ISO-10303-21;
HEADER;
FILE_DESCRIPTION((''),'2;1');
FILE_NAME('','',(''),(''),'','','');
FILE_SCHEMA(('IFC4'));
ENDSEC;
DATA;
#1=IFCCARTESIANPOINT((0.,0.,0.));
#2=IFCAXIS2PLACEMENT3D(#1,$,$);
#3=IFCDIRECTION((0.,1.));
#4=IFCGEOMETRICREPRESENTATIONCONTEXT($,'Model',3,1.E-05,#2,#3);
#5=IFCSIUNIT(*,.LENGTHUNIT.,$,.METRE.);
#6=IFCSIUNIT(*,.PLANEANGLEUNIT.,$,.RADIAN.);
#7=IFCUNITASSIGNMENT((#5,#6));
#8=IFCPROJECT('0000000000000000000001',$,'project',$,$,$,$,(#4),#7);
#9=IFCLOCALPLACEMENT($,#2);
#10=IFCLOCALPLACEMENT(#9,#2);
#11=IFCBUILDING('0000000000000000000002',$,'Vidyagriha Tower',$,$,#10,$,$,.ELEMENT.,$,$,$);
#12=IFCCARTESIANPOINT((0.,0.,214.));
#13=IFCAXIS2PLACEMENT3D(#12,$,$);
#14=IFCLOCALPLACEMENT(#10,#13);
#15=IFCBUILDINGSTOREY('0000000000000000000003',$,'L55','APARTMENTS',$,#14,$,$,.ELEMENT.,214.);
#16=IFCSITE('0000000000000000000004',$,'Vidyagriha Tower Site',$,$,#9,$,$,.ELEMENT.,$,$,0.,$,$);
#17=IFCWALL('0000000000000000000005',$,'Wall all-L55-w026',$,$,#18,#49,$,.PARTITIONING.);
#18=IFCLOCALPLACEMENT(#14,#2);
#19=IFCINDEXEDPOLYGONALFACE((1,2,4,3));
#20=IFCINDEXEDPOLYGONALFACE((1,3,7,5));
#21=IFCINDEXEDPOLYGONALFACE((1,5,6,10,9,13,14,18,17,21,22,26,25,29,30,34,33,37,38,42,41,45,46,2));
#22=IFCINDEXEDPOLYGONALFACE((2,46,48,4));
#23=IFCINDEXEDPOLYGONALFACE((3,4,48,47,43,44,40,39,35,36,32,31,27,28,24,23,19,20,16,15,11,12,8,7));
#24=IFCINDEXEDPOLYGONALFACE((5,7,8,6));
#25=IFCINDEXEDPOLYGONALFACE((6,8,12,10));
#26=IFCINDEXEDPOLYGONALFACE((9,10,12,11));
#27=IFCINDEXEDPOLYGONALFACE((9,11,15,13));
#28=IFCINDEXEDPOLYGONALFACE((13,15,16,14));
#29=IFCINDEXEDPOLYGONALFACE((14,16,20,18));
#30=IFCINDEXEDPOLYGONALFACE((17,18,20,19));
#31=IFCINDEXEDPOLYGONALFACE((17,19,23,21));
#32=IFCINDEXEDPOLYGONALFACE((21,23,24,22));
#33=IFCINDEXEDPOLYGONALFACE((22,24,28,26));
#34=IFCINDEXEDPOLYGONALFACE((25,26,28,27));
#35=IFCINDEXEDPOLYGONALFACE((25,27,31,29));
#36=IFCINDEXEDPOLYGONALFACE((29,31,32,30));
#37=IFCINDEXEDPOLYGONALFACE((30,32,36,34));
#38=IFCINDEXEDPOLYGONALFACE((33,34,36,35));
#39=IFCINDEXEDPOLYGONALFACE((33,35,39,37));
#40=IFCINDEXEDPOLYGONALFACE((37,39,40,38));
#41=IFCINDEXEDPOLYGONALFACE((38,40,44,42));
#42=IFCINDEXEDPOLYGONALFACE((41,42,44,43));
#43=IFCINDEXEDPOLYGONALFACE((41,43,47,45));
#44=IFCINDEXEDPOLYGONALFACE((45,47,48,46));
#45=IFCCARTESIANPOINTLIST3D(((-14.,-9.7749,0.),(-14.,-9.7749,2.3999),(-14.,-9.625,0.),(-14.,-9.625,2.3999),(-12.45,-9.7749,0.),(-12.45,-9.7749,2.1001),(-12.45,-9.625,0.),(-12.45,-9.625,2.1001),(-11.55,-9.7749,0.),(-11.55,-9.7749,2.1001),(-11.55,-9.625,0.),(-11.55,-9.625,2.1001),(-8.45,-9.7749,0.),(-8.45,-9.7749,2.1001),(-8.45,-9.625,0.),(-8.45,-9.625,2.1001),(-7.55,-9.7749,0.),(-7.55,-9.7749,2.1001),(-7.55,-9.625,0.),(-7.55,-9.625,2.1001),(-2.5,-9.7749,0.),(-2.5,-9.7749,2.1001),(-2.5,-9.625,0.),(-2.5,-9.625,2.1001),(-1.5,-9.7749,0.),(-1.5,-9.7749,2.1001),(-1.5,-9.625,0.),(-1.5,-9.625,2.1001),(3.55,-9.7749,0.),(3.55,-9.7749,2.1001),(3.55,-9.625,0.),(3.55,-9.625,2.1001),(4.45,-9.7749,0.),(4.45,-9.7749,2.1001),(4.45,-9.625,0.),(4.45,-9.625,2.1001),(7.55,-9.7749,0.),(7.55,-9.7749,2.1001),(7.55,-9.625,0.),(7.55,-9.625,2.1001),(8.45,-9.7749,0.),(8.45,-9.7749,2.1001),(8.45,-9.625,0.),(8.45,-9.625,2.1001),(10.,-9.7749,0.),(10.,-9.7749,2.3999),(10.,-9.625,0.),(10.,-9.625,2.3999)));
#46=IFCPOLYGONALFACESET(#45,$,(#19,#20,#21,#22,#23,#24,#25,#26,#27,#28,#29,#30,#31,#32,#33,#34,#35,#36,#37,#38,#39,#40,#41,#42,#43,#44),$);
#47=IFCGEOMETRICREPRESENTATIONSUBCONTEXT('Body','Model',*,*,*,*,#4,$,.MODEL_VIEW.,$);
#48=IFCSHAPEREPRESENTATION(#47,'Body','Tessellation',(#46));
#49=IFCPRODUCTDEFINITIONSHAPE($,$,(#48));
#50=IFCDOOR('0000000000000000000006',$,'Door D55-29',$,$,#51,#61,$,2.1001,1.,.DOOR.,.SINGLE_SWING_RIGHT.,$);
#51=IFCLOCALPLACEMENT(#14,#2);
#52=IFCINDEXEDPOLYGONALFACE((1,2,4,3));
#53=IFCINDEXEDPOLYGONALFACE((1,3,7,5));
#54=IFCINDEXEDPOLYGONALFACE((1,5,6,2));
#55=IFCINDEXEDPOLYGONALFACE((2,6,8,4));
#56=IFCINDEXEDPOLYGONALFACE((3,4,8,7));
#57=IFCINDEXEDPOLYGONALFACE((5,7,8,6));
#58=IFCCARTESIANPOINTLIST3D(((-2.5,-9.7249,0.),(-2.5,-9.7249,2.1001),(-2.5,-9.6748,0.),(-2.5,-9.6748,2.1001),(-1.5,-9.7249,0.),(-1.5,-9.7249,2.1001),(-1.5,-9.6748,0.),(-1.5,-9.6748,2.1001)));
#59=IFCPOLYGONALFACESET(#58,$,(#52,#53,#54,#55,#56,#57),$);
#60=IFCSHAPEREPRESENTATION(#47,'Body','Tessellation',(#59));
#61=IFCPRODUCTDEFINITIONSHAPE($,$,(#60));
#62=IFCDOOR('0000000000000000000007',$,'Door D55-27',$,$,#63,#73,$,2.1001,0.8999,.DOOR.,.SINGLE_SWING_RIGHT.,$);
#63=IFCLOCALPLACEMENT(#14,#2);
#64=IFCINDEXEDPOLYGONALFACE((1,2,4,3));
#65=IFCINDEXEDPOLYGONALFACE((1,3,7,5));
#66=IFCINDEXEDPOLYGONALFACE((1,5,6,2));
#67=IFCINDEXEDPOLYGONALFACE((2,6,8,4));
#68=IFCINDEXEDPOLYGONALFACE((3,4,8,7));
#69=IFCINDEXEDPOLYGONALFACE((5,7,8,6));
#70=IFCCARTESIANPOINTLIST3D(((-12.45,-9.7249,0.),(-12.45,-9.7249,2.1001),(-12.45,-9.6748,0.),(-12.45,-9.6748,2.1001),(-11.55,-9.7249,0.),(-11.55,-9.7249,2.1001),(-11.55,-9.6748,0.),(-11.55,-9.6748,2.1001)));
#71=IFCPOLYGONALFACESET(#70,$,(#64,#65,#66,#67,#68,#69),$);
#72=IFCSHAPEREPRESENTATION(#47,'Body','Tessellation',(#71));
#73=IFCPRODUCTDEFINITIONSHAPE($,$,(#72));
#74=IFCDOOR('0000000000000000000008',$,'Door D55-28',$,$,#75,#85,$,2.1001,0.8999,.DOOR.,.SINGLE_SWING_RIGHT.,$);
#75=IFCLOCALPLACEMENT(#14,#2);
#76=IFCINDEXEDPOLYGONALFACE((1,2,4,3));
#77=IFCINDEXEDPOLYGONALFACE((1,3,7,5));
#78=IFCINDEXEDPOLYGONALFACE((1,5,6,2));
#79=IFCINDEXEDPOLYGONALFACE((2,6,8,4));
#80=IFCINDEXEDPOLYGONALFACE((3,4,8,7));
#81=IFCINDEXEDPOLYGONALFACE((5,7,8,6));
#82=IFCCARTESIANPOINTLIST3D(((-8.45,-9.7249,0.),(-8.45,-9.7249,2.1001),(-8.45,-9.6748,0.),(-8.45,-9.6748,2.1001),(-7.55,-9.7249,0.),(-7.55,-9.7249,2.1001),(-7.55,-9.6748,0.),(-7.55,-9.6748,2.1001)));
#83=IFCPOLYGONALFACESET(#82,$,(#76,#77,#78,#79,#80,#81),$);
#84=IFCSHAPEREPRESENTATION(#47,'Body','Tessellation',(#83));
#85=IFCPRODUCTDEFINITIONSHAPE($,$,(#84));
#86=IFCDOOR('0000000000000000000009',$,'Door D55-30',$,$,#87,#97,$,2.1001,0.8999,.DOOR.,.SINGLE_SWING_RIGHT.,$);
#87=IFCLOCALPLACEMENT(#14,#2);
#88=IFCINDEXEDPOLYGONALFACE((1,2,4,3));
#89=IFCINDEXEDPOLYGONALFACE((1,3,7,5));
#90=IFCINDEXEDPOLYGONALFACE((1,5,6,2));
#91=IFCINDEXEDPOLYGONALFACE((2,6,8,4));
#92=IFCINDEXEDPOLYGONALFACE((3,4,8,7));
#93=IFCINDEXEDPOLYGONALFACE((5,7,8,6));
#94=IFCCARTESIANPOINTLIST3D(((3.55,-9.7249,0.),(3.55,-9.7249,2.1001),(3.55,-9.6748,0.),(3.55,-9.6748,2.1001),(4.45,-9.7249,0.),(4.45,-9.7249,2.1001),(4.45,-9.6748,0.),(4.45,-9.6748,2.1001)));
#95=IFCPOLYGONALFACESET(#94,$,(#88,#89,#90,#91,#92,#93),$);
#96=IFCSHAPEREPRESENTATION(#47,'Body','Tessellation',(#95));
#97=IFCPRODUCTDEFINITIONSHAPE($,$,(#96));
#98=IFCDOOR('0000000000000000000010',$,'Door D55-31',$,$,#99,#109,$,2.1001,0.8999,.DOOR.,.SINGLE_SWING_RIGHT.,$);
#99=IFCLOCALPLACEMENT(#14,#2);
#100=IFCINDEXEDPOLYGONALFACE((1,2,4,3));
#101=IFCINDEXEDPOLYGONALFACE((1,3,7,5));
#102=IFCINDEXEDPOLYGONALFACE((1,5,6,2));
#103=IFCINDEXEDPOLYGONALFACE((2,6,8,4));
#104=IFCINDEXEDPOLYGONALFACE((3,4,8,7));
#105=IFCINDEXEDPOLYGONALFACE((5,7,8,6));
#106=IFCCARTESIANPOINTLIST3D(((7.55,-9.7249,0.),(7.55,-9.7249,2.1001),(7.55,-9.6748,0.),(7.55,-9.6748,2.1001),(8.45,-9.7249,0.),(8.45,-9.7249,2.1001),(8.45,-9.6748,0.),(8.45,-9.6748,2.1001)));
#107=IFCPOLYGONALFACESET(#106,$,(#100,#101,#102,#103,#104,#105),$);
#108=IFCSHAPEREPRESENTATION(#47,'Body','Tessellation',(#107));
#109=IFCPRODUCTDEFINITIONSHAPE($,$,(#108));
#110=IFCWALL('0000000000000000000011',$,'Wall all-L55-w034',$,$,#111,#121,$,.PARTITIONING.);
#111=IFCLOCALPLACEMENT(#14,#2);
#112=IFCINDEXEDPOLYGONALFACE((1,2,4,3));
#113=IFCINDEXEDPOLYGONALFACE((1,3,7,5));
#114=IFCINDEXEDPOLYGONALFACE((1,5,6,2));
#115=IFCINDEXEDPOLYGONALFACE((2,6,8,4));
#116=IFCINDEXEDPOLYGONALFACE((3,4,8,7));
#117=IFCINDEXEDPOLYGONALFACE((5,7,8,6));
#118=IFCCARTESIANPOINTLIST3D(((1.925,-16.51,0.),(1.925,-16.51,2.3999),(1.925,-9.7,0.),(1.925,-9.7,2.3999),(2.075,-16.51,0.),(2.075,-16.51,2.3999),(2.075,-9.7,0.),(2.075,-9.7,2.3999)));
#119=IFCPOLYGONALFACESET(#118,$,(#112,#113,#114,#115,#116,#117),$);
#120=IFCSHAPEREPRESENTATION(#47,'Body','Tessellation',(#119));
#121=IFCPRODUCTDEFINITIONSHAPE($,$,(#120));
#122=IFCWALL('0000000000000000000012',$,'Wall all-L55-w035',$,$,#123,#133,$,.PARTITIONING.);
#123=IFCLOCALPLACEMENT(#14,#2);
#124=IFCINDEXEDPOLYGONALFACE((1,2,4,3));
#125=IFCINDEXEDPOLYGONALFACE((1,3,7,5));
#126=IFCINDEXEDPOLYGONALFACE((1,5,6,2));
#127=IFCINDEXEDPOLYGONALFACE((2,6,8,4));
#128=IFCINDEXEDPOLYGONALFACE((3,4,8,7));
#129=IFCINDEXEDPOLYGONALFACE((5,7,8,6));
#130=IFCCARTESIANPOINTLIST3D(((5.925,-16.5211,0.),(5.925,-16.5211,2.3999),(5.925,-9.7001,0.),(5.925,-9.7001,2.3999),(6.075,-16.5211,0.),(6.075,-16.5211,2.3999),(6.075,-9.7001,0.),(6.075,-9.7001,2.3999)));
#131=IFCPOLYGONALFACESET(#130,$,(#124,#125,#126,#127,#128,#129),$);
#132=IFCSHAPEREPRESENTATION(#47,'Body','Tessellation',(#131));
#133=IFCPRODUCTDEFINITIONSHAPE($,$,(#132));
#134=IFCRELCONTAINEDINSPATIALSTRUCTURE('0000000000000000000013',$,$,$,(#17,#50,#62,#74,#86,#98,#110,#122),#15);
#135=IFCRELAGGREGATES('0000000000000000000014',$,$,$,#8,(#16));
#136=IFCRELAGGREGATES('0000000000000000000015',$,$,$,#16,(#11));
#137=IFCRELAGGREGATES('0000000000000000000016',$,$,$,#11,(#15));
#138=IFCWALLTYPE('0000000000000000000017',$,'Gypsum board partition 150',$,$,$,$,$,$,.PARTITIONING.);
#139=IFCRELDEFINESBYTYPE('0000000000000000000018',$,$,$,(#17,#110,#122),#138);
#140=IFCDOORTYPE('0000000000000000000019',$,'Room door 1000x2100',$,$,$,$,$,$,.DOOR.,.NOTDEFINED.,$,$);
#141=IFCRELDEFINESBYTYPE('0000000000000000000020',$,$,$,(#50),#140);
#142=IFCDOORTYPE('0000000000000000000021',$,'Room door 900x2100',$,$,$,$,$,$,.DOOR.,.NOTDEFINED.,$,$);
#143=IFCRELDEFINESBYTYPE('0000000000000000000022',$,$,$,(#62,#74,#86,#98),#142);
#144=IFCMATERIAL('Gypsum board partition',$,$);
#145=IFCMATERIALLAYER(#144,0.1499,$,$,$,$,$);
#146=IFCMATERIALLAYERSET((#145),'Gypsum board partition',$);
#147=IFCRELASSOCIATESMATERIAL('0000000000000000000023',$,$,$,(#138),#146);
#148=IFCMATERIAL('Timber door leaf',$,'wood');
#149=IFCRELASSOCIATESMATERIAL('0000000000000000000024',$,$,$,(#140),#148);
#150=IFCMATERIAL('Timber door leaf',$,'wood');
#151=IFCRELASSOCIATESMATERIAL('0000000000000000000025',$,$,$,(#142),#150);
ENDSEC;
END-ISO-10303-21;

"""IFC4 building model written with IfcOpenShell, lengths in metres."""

from ifc_helpers import new_model, si_unit, direction, frame, frame_2d, origin, place, context, subcontext, project, spatial, rectangle, extrude, material, layer, layer_set, type_object, element, fill, save


model = new_model("IFC4")

# Units and contexts
model_context = context("Model", 3, precision=1e-05, world=origin(), true_north=direction((0.0, 1.0)))
body_context = subcontext(model_context, "Body", "Model", "MODEL_VIEW")
ifc_project = project(units=[si_unit("LENGTHUNIT", "METRE"), si_unit("PLANEANGLEUNIT", "RADIAN")], contexts=[model_context])

# Site, building, storey
site_placement = place(None, origin())
site = spatial("IfcSite", under=ifc_project, at=site_placement, Name="Vidyagriha Tower Site", CompositionType="ELEMENT", RefElevation=0.0)
building_placement = place(site_placement, origin())
building = spatial("IfcBuilding", under=site, at=building_placement, Name="Vidyagriha Tower", CompositionType="ELEMENT")
storey_placement = place(building_placement, frame((0.0, 0.0, 214.0)))
storey = spatial("IfcBuildingStorey", under=building, at=storey_placement, Name="L55", Description="APARTMENTS", CompositionType="ELEMENT", Elevation=214.0)

# Shared definitions
ifc_material_1 = material(Name="Gypsum board partition")
ifc_layer_1 = layer(ifc_material_1, 0.1499)
ifc_layer_set_1 = layer_set([ifc_layer_1], Name="Gypsum board partition")
wall_type_1 = type_object("IfcWallType", Name="Gypsum board partition 150", PredefinedType="PARTITIONING", material=ifc_layer_set_1)

# Wall, openings, doors
wall_1_placement = place(storey_placement, frame((10.0, -9.7, 0.0), z_axis=(0.0, 0.0, 1.0), x_axis=(-1.0, 0.0, 0.0)))
wall_1 = element("IfcWall", 1, at=wall_1_placement, inside=storey, type_object=wall_type_1, Name="Wall all-L55-w026", PredefinedType="PARTITIONING", context=body_context, shape_type="SweptSolid", body=[
    extrude(rectangle(XDim=24.0, YDim=0.1499, at=frame_2d((12.0, 0.0))), origin(), (0.0, 0.0, 1.0), 2.3999),
])
opening_1_placement = place(wall_1_placement, frame((21.55, 0.0, 0.0)))
opening_1 = element("IfcOpeningElement", 2, at=opening_1_placement, cuts=wall_1, PredefinedType="OPENING", context=body_context, shape_type="SweptSolid", body=[
    extrude(rectangle(XDim=0.8999, YDim=2.1001, at=frame_2d((0.45, 1.05))), frame((0.0, 0.085, 0.0), z_axis=(0.0, -1.0, 0.0), x_axis=(1.0, 0.0, 0.0)), (0.0, 0.0, 1.0), 0.1699),
])
opening_2_placement = place(wall_1_placement, frame((17.55, 0.0, 0.0)))
opening_2 = element("IfcOpeningElement", 3, at=opening_2_placement, cuts=wall_1, PredefinedType="OPENING", context=body_context, shape_type="SweptSolid", body=[
    extrude(rectangle(XDim=0.8999, YDim=2.1001, at=frame_2d((0.45, 1.05))), frame((0.0, 0.085, 0.0), z_axis=(0.0, -1.0, 0.0), x_axis=(1.0, 0.0, 0.0)), (0.0, 0.0, 1.0), 0.1699),
])
opening_3_placement = place(wall_1_placement, frame((11.5, 0.0, 0.0)))
opening_3 = element("IfcOpeningElement", 4, at=opening_3_placement, cuts=wall_1, PredefinedType="OPENING", context=body_context, shape_type="SweptSolid", body=[
    extrude(rectangle(XDim=1.0, YDim=2.1001, at=frame_2d((0.5, 1.05))), frame((0.0, 0.085, 0.0), z_axis=(0.0, -1.0, 0.0), x_axis=(1.0, 0.0, 0.0)), (0.0, 0.0, 1.0), 0.1699),
])
opening_4_placement = place(wall_1_placement, frame((5.55, 0.0, 0.0)))
opening_4 = element("IfcOpeningElement", 5, at=opening_4_placement, cuts=wall_1, PredefinedType="OPENING", context=body_context, shape_type="SweptSolid", body=[
    extrude(rectangle(XDim=0.8999, YDim=2.1001, at=frame_2d((0.45, 1.05))), frame((0.0, 0.085, 0.0), z_axis=(0.0, -1.0, 0.0), x_axis=(1.0, 0.0, 0.0)), (0.0, 0.0, 1.0), 0.1699),
])
opening_5_placement = place(wall_1_placement, frame((1.55, 0.0, 0.0)))
opening_5 = element("IfcOpeningElement", 6, at=opening_5_placement, cuts=wall_1, PredefinedType="OPENING", context=body_context, shape_type="SweptSolid", body=[
    extrude(rectangle(XDim=0.8999, YDim=2.1001, at=frame_2d((0.45, 1.05))), frame((0.0, 0.085, 0.0), z_axis=(0.0, -1.0, 0.0), x_axis=(1.0, 0.0, 0.0)), (0.0, 0.0, 1.0), 0.1699),
])
ifc_material_2 = material(Name="Timber door leaf", Category="wood")
door_type_1 = type_object("IfcDoorType", Name="Room door 1000x2100", OperationType="NOTDEFINED", PredefinedType="DOOR", material=ifc_material_2)
door_1_placement = place(opening_3_placement, origin())
door_1 = element("IfcDoor", 7, at=door_1_placement, inside=storey, type_object=door_type_1, Name="Door D55-29", OperationType="SINGLE_SWING_RIGHT", OverallHeight=2.1001, OverallWidth=1.0, PredefinedType="DOOR", context=body_context, shape_type="SweptSolid", body=[
    extrude(rectangle(XDim=1.0, YDim=2.1001, at=frame_2d((0.5, 1.05))), frame((0.0, 0.0249, 0.0), z_axis=(0.0, -1.0, 0.0), x_axis=(1.0, 0.0, 0.0)), (0.0, 0.0, 1.0), 0.05),
])
fill(opening_3, door_1)
ifc_material_3 = material(Name="Timber door leaf", Category="wood")
door_type_2 = type_object("IfcDoorType", Name="Room door 900x2100", OperationType="NOTDEFINED", PredefinedType="DOOR", material=ifc_material_3)
door_2_placement = place(opening_1_placement, origin())
door_2 = element("IfcDoor", 8, at=door_2_placement, inside=storey, type_object=door_type_2, Name="Door D55-27", OperationType="SINGLE_SWING_RIGHT", OverallHeight=2.1001, OverallWidth=0.8999, PredefinedType="DOOR", context=body_context, shape_type="SweptSolid", body=[
    extrude(rectangle(XDim=0.8999, YDim=2.1001, at=frame_2d((0.45, 1.05))), frame((0.0, 0.0249, 0.0), z_axis=(0.0, -1.0, 0.0), x_axis=(1.0, 0.0, 0.0)), (0.0, 0.0, 1.0), 0.05),
])
fill(opening_1, door_2)
door_3_placement = place(opening_2_placement, origin())
door_3 = element("IfcDoor", 9, at=door_3_placement, inside=storey, type_object=door_type_2, Name="Door D55-28", OperationType="SINGLE_SWING_RIGHT", OverallHeight=2.1001, OverallWidth=0.8999, PredefinedType="DOOR", context=body_context, shape_type="SweptSolid", body=[
    extrude(rectangle(XDim=0.8999, YDim=2.1001, at=frame_2d((0.45, 1.05))), frame((0.0, 0.0249, 0.0), z_axis=(0.0, -1.0, 0.0), x_axis=(1.0, 0.0, 0.0)), (0.0, 0.0, 1.0), 0.05),
])
fill(opening_2, door_3)
door_4_placement = place(opening_4_placement, origin())
door_4 = element("IfcDoor", 10, at=door_4_placement, inside=storey, type_object=door_type_2, Name="Door D55-30", OperationType="SINGLE_SWING_RIGHT", OverallHeight=2.1001, OverallWidth=0.8999, PredefinedType="DOOR", context=body_context, shape_type="SweptSolid", body=[
    extrude(rectangle(XDim=0.8999, YDim=2.1001, at=frame_2d((0.45, 1.05))), frame((0.0, 0.0249, 0.0), z_axis=(0.0, -1.0, 0.0), x_axis=(1.0, 0.0, 0.0)), (0.0, 0.0, 1.0), 0.05),
])
fill(opening_4, door_4)
door_5_placement = place(opening_5_placement, origin())
door_5 = element("IfcDoor", 11, at=door_5_placement, inside=storey, type_object=door_type_2, Name="Door D55-31", OperationType="SINGLE_SWING_RIGHT", OverallHeight=2.1001, OverallWidth=0.8999, PredefinedType="DOOR", context=body_context, shape_type="SweptSolid", body=[
    extrude(rectangle(XDim=0.8999, YDim=2.1001, at=frame_2d((0.45, 1.05))), frame((0.0, 0.0249, 0.0), z_axis=(0.0, -1.0, 0.0), x_axis=(1.0, 0.0, 0.0)), (0.0, 0.0, 1.0), 0.05),
])
fill(opening_5, door_5)

# Walls
wall_2_placement = place(storey_placement, frame((2.0, -9.7, 0.0), z_axis=(0.0, 0.0, 1.0), x_axis=(0.0, -1.0, 0.0)))
element("IfcWall", 12, at=wall_2_placement, inside=storey, type_object=wall_type_1, Name="Wall all-L55-w034", PredefinedType="PARTITIONING", context=body_context, shape_type="SweptSolid", body=[
    extrude(rectangle(XDim=6.8101, YDim=0.1499, at=frame_2d((3.405, 0.0))), origin(), (0.0, 0.0, 1.0), 2.3999),
])
wall_3_placement = place(storey_placement, frame((6.0, -9.7, 0.0), z_axis=(0.0, 0.0, 1.0), x_axis=(0.0, -1.0, 0.0)))
element("IfcWall", 13, at=wall_3_placement, inside=storey, type_object=wall_type_1, Name="Wall all-L55-w035", PredefinedType="PARTITIONING", context=body_context, shape_type="SweptSolid", body=[
    extrude(rectangle(XDim=6.821, YDim=0.1499, at=frame_2d((3.4106, 0.0))), origin(), (0.0, 0.0, 1.0), 2.3999),
])

save(model, "model.ifc")
